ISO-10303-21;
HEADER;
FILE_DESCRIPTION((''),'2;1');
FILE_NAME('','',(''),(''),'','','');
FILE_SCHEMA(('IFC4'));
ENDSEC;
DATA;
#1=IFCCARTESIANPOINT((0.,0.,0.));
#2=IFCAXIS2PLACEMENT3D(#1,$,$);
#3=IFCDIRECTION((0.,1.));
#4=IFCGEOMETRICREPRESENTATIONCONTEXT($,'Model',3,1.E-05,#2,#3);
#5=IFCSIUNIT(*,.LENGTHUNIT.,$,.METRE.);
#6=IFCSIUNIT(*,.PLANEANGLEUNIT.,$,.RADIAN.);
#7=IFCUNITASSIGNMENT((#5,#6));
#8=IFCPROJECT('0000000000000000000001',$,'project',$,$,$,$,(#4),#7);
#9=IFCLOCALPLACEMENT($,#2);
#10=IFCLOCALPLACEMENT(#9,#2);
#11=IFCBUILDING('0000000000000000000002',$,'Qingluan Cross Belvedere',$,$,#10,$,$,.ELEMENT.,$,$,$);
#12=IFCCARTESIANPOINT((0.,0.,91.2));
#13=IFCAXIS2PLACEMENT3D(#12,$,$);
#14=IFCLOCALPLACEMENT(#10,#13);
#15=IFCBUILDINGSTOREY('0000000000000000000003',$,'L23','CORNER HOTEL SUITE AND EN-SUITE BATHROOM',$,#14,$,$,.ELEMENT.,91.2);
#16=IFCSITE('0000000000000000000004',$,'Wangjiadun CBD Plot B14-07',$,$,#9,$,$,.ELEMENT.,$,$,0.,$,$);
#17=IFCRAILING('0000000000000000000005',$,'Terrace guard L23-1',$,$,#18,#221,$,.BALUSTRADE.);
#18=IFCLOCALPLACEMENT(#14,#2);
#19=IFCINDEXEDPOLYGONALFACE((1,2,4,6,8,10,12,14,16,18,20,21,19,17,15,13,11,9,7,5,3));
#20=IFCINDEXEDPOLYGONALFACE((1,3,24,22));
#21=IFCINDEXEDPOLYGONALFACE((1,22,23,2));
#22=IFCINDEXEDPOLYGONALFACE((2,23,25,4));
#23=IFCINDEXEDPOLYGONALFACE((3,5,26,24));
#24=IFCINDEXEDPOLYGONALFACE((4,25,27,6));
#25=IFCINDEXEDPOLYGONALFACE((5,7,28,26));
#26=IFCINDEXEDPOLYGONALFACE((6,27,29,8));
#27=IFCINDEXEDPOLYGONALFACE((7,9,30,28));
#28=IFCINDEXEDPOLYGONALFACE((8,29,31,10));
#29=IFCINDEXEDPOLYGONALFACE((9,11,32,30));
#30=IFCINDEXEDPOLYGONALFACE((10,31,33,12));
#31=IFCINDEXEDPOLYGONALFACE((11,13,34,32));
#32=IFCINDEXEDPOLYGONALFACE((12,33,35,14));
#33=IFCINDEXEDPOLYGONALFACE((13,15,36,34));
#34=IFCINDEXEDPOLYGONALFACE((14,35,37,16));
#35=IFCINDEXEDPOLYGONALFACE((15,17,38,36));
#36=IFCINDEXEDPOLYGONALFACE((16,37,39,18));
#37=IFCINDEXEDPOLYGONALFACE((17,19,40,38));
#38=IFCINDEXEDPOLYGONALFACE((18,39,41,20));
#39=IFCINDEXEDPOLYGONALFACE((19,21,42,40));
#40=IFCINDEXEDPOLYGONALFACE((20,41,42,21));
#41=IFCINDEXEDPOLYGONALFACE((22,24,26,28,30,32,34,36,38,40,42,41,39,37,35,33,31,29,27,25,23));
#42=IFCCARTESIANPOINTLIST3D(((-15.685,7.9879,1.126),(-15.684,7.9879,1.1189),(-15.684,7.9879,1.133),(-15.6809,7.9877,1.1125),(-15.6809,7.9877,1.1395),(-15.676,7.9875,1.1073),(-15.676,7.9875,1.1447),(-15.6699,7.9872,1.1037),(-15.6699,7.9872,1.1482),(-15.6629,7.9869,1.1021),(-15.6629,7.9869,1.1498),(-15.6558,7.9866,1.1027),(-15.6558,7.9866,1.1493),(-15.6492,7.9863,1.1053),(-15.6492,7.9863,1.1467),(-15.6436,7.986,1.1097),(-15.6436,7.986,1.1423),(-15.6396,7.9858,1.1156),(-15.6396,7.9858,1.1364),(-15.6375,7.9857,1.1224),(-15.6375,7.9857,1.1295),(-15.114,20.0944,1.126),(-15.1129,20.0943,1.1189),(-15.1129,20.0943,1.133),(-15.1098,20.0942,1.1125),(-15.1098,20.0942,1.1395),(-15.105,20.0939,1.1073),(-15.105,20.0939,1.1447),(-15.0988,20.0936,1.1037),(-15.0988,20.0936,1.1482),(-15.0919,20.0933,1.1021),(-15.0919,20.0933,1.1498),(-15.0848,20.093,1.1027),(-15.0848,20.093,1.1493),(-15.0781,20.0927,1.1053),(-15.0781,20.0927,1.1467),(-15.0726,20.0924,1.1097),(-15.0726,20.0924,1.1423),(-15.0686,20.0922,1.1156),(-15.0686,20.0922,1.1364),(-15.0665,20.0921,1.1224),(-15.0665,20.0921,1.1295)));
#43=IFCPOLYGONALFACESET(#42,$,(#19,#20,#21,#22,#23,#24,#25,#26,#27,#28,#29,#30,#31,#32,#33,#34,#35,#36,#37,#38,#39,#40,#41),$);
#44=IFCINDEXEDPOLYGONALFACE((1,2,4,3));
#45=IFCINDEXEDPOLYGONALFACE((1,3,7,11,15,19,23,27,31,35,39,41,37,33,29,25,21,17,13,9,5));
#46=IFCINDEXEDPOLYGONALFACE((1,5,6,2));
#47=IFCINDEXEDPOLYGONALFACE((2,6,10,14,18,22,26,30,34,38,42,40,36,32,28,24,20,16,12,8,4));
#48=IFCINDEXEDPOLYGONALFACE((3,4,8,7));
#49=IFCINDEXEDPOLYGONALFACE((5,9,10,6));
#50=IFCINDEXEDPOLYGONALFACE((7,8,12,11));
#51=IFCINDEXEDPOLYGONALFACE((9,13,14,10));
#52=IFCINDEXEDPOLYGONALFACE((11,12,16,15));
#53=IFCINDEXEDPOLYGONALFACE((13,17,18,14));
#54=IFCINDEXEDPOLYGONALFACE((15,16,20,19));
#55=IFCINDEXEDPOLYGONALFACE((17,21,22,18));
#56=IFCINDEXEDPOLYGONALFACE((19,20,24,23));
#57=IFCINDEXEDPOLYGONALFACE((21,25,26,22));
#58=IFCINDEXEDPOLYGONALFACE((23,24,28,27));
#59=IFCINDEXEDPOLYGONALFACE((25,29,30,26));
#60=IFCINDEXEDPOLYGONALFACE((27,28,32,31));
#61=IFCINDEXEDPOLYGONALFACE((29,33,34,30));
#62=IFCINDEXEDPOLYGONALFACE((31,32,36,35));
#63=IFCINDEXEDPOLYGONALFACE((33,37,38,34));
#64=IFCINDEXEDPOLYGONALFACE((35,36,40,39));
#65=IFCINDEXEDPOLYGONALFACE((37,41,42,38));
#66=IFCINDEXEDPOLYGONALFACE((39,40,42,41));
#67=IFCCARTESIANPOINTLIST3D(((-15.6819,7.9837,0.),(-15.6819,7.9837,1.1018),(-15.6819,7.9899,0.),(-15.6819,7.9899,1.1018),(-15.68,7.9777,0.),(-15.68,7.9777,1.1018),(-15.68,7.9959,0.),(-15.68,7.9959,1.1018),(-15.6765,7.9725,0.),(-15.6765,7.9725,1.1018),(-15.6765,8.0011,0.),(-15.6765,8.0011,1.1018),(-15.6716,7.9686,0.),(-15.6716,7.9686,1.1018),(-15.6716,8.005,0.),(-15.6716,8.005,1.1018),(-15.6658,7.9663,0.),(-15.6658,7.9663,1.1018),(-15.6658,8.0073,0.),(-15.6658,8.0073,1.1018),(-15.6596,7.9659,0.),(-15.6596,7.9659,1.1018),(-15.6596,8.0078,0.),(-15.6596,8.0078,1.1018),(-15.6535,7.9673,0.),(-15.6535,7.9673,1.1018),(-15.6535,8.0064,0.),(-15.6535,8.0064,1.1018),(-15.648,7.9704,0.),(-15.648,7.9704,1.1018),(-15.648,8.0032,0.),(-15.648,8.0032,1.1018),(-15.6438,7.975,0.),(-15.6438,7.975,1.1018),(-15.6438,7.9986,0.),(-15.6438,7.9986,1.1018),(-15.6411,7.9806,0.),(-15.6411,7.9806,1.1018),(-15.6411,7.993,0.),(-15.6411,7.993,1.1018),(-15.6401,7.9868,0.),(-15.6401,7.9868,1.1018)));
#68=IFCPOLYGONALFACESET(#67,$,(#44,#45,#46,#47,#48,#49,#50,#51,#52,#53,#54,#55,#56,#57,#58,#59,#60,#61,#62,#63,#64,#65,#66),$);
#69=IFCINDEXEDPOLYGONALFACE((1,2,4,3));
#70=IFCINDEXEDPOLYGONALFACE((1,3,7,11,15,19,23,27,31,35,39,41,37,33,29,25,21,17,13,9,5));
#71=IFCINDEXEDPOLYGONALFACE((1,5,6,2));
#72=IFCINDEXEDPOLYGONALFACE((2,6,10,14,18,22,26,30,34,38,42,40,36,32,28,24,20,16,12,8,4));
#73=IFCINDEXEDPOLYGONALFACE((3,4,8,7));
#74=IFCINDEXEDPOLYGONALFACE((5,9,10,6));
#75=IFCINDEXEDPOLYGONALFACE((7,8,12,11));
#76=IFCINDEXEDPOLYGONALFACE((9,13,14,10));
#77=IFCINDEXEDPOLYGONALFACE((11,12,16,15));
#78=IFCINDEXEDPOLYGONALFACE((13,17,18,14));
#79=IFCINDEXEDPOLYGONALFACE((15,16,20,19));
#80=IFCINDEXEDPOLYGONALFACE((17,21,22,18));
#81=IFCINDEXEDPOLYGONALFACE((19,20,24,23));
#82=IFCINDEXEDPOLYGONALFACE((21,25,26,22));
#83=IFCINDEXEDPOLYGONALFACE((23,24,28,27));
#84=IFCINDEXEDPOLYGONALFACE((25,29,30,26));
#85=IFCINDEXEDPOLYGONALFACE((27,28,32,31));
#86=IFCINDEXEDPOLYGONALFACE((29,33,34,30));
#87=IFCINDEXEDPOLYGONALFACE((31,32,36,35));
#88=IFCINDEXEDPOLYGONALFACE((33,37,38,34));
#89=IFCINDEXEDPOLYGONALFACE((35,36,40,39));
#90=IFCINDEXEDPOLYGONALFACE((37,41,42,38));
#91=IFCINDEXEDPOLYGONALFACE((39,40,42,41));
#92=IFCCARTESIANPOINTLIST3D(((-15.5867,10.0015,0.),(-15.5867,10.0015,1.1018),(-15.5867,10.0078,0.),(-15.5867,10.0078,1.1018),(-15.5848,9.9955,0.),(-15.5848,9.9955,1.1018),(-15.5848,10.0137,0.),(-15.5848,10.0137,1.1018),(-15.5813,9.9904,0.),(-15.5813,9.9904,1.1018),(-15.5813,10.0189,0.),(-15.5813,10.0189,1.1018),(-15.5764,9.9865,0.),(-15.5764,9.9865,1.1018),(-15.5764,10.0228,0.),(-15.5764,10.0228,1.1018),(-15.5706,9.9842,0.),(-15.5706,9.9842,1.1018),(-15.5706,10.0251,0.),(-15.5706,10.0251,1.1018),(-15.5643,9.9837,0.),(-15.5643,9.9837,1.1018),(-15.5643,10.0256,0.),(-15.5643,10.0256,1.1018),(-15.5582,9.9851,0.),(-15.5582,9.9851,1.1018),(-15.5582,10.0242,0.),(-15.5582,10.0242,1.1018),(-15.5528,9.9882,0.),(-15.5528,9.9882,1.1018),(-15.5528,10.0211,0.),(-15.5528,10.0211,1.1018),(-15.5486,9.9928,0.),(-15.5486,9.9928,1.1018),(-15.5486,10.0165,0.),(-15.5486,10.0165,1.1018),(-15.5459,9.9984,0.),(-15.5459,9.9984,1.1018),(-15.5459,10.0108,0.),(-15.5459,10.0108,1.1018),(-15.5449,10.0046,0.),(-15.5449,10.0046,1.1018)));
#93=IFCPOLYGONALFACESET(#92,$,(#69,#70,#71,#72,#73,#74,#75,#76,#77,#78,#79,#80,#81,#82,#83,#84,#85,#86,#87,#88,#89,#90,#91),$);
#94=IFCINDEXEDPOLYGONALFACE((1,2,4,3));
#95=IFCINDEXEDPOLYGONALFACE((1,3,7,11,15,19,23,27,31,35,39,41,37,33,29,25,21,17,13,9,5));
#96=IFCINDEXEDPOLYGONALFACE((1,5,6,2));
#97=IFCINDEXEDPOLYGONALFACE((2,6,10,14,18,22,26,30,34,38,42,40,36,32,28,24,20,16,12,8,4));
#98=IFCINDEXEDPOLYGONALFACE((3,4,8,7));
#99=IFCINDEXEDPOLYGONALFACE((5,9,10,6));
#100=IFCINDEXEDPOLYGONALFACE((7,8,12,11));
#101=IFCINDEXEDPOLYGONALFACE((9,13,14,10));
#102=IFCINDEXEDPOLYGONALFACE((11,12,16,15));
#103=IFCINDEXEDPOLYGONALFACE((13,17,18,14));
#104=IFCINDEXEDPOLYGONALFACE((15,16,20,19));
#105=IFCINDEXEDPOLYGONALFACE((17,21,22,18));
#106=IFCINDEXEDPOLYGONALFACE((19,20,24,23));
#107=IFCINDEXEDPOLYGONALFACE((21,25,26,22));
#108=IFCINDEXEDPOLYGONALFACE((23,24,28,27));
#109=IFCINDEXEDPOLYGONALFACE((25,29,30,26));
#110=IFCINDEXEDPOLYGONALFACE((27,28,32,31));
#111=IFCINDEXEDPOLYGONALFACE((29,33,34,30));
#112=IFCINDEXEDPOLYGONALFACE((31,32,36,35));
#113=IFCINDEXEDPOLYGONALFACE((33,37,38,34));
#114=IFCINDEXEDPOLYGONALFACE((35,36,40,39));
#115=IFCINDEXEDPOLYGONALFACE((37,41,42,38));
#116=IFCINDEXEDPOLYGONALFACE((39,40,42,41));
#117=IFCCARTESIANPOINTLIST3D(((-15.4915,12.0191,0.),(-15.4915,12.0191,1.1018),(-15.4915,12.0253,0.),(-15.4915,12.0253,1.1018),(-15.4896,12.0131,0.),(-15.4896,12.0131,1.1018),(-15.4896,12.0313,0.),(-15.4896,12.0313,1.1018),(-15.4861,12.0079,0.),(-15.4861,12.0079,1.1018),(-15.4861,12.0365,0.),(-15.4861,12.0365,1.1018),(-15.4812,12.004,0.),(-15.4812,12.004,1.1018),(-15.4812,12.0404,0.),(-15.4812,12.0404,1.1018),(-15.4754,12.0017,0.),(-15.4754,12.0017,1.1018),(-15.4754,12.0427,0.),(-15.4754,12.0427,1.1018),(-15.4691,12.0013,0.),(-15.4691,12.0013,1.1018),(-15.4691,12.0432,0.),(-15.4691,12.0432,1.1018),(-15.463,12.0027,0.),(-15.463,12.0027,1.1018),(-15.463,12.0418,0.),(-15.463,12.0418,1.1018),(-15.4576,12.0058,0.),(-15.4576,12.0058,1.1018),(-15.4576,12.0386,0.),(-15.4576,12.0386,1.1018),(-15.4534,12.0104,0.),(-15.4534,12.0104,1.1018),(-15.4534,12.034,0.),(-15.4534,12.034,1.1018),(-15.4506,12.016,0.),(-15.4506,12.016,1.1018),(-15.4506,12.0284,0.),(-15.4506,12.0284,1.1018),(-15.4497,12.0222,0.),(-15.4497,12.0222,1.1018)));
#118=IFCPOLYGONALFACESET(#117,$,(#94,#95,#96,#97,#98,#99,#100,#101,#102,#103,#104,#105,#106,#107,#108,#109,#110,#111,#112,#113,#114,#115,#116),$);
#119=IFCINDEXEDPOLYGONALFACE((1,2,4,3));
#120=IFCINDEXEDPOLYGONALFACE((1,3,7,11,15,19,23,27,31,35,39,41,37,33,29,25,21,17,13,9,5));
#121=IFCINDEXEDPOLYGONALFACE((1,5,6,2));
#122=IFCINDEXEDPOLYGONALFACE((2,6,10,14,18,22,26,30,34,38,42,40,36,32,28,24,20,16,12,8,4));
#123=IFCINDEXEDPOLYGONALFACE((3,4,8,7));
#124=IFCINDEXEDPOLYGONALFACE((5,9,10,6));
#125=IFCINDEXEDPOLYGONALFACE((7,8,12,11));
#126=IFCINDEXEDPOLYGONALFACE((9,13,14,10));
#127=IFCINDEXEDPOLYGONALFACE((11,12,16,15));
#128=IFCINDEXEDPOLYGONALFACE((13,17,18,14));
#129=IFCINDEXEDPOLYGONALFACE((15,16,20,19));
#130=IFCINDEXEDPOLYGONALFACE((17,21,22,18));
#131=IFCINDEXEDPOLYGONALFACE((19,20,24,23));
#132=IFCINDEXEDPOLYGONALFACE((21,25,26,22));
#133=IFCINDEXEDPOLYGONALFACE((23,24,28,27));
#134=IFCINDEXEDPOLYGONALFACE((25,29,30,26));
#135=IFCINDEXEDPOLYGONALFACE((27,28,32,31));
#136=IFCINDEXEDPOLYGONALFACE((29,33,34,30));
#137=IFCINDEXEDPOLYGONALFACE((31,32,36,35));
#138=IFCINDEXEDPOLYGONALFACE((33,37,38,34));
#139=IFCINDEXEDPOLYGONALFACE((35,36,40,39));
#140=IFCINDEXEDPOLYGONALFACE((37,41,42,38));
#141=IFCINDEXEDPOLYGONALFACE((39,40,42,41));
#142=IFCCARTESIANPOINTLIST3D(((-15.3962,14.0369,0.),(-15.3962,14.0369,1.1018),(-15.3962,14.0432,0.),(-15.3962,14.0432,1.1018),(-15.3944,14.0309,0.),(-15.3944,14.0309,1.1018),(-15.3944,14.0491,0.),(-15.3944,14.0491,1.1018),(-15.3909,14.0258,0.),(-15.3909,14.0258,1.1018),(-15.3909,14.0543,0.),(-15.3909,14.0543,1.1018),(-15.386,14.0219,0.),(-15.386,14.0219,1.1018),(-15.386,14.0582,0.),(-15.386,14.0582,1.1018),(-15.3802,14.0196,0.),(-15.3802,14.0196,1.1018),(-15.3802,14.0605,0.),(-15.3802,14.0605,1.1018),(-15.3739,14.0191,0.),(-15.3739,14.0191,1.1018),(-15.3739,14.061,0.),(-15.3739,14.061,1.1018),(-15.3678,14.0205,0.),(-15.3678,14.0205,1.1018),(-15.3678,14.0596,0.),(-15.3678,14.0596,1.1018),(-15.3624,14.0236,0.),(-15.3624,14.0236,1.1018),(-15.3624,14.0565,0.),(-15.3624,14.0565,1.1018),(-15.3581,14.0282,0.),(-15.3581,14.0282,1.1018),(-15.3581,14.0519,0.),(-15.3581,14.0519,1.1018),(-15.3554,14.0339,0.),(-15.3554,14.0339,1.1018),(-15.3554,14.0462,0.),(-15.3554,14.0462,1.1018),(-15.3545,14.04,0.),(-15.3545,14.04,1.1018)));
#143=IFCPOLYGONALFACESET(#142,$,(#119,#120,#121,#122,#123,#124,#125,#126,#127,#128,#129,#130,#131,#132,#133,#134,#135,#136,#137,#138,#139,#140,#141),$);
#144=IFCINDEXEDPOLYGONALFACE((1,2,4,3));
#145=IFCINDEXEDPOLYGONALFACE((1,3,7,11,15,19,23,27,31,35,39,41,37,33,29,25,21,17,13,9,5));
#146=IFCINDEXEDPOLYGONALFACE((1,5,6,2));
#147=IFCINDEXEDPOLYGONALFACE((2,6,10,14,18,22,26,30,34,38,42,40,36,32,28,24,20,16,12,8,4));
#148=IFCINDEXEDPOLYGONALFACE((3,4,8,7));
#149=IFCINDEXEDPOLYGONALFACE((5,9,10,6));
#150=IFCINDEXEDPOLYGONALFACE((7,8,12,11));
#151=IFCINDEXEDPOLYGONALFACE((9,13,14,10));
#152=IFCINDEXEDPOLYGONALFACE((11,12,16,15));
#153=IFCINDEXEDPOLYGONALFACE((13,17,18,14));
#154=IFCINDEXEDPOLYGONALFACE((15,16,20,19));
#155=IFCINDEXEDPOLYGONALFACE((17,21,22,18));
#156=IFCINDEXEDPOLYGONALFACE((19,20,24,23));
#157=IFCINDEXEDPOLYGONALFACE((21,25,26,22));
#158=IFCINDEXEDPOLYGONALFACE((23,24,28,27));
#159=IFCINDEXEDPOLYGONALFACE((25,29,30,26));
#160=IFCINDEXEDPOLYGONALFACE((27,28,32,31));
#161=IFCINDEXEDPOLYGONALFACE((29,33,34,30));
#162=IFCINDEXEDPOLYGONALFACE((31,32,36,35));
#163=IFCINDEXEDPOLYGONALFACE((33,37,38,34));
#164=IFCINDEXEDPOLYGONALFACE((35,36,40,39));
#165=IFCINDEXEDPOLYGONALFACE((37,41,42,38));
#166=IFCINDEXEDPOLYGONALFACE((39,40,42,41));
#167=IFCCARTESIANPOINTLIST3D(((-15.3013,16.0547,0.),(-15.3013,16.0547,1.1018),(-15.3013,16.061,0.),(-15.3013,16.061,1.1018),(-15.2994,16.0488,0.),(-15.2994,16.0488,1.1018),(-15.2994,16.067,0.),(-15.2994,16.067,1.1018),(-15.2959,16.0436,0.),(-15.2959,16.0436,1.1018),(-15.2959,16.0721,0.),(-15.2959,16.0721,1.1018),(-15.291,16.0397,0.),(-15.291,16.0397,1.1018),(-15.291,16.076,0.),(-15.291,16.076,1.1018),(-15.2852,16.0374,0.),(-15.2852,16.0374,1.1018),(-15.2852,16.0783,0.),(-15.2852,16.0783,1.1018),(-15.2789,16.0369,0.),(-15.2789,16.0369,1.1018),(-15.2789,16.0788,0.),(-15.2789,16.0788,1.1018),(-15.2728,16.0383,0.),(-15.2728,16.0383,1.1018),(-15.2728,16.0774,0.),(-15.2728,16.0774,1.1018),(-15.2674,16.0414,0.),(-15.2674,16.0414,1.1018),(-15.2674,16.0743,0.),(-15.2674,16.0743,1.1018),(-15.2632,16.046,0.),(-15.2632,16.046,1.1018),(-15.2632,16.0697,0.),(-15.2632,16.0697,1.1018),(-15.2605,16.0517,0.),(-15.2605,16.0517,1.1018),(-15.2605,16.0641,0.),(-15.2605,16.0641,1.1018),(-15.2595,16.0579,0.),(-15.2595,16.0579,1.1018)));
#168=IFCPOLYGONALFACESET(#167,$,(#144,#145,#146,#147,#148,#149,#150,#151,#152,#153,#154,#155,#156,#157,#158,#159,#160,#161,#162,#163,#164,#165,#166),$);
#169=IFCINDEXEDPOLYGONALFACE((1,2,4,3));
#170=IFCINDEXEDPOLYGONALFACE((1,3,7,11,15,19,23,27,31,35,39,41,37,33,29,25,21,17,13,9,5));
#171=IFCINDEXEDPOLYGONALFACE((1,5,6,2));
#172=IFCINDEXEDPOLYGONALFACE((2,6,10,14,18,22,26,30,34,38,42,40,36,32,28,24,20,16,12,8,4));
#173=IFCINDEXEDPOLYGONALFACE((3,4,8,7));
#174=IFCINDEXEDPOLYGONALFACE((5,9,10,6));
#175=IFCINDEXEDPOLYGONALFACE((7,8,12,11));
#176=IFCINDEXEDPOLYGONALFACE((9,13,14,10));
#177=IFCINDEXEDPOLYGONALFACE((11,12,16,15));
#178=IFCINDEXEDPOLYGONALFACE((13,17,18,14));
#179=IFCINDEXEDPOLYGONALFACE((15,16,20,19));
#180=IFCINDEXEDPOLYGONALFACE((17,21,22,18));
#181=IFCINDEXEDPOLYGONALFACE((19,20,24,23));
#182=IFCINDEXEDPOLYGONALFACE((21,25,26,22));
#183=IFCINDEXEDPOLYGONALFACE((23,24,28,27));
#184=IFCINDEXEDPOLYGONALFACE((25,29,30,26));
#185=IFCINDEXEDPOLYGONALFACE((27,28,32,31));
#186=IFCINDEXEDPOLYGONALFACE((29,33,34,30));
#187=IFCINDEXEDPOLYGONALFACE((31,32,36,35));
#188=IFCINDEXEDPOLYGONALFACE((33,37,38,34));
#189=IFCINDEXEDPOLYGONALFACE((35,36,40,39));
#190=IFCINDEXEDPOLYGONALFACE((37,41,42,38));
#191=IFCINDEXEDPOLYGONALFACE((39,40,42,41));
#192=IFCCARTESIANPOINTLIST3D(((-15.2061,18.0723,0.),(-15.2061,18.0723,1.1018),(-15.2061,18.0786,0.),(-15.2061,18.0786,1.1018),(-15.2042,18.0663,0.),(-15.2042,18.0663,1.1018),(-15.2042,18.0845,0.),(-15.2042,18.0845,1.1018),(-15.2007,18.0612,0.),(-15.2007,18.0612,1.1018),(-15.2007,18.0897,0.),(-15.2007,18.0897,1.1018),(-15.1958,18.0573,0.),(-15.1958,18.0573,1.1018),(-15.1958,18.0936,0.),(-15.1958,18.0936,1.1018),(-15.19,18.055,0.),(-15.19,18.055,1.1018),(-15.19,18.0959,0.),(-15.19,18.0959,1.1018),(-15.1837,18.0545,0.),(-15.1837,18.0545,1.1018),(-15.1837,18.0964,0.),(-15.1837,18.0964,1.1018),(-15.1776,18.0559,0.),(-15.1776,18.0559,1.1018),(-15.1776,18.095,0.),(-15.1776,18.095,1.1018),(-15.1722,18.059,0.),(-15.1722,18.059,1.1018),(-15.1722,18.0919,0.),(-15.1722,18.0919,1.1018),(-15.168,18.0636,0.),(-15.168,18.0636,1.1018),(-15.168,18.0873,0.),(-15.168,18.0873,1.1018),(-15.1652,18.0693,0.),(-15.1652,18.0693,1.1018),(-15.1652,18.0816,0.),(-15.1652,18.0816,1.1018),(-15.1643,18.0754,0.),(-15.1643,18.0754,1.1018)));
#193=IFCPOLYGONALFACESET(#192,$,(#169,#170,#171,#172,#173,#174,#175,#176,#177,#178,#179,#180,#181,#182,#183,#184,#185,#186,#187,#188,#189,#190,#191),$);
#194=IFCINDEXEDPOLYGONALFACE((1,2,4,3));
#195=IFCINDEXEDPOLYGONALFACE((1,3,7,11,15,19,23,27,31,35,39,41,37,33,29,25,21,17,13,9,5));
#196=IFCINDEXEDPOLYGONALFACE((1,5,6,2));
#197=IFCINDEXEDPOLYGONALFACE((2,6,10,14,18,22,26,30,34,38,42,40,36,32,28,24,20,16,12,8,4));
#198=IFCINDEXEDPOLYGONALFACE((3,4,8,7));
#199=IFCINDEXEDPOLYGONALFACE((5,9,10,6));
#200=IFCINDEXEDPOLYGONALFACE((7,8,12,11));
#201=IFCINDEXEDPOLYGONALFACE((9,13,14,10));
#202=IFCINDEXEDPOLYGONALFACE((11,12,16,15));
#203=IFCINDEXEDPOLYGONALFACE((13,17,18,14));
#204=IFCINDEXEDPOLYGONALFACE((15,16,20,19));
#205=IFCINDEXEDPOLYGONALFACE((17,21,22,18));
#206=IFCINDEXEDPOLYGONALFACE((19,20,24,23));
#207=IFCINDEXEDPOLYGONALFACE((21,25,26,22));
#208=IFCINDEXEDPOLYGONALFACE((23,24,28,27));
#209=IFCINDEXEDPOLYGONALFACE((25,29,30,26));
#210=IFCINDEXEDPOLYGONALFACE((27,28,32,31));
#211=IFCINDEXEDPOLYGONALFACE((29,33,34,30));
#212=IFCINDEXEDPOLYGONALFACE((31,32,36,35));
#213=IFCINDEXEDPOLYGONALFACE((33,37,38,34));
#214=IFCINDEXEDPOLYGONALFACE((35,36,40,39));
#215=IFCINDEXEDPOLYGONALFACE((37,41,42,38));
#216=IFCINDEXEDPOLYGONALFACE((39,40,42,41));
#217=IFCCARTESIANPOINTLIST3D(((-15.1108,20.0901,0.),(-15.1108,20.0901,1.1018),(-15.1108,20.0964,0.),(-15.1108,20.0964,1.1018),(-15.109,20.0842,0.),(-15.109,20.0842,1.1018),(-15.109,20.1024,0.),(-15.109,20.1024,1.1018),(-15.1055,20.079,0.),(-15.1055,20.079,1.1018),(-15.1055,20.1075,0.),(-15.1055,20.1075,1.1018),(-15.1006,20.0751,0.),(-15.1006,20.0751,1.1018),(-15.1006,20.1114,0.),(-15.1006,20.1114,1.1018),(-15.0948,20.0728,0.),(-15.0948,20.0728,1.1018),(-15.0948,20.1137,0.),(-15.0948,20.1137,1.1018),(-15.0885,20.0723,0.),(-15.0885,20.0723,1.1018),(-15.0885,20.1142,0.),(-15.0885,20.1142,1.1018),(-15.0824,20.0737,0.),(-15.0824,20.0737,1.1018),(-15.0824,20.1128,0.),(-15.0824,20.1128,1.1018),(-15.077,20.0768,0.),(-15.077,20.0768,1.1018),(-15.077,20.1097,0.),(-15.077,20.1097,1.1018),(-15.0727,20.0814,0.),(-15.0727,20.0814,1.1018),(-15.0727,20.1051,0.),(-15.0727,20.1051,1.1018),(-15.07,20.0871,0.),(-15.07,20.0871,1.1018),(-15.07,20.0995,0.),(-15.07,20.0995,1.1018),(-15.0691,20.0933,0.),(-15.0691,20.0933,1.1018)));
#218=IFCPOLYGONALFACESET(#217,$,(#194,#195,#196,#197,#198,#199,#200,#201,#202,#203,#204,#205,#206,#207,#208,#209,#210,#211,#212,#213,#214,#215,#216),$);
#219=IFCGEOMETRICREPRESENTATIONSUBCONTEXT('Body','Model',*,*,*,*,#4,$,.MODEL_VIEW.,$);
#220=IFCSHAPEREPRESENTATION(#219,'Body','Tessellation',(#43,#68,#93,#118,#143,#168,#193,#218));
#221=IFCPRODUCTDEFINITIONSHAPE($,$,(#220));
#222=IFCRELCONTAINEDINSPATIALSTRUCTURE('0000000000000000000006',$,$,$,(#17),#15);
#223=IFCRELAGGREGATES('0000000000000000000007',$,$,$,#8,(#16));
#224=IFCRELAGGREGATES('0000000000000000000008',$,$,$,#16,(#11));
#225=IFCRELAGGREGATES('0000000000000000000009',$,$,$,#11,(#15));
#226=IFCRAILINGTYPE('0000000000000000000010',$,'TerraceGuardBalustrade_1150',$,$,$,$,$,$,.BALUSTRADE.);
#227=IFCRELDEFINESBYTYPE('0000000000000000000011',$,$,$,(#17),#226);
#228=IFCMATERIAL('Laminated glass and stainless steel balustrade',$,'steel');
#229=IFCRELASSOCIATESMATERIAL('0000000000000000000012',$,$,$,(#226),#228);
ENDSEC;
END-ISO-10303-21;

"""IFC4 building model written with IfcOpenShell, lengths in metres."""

from ifc_helpers import new_model, si_unit, direction, frame, origin, origin_2d, place, context, subcontext, project, spatial, circle, extrude, material, type_object, element, save


model = new_model("IFC4")

# Units and contexts
model_context = context("Model", 3, precision=1e-05, world=origin(), true_north=direction((0.0, 1.0)))
body_context = subcontext(model_context, "Body", "Model", "MODEL_VIEW")
ifc_project = project(units=[si_unit("LENGTHUNIT", "METRE"), si_unit("PLANEANGLEUNIT", "RADIAN")], contexts=[model_context])

# Site, building, storey
site_placement = place(None, origin())
site = spatial("IfcSite", under=ifc_project, at=site_placement, Name="Wangjiadun CBD Plot B14-07", CompositionType="ELEMENT", RefElevation=0.0)
building_placement = place(site_placement, origin())
building = spatial("IfcBuilding", under=site, at=building_placement, Name="Qingluan Cross Belvedere", CompositionType="ELEMENT")
storey_placement = place(building_placement, frame((0.0, 0.0, 91.2)))
storey = spatial("IfcBuildingStorey", under=building, at=storey_placement, Name="L23", Description="CORNER HOTEL SUITE AND EN-SUITE BATHROOM", CompositionType="ELEMENT", Elevation=91.2)

# Railing
ifc_material_1 = material(Name="Laminated glass and stainless steel balustrade", Category="steel")
railing_type = type_object("IfcRailingType", Name="TerraceGuardBalustrade_1150", PredefinedType="BALUSTRADE", material=ifc_material_1)
railing_placement = place(storey_placement, frame((-15.6611, 7.9868, 0.0)))
element("IfcRailing", 1, at=railing_placement, inside=storey, type_object=railing_type, Name="Terrace guard L23-1", PredefinedType="BALUSTRADE", context=body_context, shape_type="SweptSolid", body=[
    extrude(circle(Radius=0.0239, at=origin_2d()), frame((0.0, 0.0, 1.126), z_axis=(0.047116, 0.998889, 0.0), x_axis=(-0.998889, 0.047116, 0.0)), (0.0, 0.0, 1.0), 12.1199),
    extrude(circle(Radius=0.021, at=origin_2d()), origin(), (0.0, 0.0, 1.0), 1.1018),
    extrude(circle(Radius=0.021, at=origin_2d()), frame((0.0952, 2.0178, 0.0)), (0.0, 0.0, 1.0), 1.1018),
    extrude(circle(Radius=0.021, at=origin_2d()), frame((0.1904, 4.0354, 0.0)), (0.0, 0.0, 1.0), 1.1018),
    extrude(circle(Radius=0.021, at=origin_2d()), frame((0.2856, 6.0532, 0.0)), (0.0, 0.0, 1.0), 1.1018),
    extrude(circle(Radius=0.021, at=origin_2d()), frame((0.3806, 8.071, 0.0)), (0.0, 0.0, 1.0), 1.1018),
    extrude(circle(Radius=0.021, at=origin_2d()), frame((0.4758, 10.0886, 0.0)), (0.0, 0.0, 1.0), 1.1018),
    extrude(circle(Radius=0.021, at=origin_2d()), frame((0.571, 12.1064, 0.0)), (0.0, 0.0, 1.0), 1.1018),
])

save(model, "model.ifc")
